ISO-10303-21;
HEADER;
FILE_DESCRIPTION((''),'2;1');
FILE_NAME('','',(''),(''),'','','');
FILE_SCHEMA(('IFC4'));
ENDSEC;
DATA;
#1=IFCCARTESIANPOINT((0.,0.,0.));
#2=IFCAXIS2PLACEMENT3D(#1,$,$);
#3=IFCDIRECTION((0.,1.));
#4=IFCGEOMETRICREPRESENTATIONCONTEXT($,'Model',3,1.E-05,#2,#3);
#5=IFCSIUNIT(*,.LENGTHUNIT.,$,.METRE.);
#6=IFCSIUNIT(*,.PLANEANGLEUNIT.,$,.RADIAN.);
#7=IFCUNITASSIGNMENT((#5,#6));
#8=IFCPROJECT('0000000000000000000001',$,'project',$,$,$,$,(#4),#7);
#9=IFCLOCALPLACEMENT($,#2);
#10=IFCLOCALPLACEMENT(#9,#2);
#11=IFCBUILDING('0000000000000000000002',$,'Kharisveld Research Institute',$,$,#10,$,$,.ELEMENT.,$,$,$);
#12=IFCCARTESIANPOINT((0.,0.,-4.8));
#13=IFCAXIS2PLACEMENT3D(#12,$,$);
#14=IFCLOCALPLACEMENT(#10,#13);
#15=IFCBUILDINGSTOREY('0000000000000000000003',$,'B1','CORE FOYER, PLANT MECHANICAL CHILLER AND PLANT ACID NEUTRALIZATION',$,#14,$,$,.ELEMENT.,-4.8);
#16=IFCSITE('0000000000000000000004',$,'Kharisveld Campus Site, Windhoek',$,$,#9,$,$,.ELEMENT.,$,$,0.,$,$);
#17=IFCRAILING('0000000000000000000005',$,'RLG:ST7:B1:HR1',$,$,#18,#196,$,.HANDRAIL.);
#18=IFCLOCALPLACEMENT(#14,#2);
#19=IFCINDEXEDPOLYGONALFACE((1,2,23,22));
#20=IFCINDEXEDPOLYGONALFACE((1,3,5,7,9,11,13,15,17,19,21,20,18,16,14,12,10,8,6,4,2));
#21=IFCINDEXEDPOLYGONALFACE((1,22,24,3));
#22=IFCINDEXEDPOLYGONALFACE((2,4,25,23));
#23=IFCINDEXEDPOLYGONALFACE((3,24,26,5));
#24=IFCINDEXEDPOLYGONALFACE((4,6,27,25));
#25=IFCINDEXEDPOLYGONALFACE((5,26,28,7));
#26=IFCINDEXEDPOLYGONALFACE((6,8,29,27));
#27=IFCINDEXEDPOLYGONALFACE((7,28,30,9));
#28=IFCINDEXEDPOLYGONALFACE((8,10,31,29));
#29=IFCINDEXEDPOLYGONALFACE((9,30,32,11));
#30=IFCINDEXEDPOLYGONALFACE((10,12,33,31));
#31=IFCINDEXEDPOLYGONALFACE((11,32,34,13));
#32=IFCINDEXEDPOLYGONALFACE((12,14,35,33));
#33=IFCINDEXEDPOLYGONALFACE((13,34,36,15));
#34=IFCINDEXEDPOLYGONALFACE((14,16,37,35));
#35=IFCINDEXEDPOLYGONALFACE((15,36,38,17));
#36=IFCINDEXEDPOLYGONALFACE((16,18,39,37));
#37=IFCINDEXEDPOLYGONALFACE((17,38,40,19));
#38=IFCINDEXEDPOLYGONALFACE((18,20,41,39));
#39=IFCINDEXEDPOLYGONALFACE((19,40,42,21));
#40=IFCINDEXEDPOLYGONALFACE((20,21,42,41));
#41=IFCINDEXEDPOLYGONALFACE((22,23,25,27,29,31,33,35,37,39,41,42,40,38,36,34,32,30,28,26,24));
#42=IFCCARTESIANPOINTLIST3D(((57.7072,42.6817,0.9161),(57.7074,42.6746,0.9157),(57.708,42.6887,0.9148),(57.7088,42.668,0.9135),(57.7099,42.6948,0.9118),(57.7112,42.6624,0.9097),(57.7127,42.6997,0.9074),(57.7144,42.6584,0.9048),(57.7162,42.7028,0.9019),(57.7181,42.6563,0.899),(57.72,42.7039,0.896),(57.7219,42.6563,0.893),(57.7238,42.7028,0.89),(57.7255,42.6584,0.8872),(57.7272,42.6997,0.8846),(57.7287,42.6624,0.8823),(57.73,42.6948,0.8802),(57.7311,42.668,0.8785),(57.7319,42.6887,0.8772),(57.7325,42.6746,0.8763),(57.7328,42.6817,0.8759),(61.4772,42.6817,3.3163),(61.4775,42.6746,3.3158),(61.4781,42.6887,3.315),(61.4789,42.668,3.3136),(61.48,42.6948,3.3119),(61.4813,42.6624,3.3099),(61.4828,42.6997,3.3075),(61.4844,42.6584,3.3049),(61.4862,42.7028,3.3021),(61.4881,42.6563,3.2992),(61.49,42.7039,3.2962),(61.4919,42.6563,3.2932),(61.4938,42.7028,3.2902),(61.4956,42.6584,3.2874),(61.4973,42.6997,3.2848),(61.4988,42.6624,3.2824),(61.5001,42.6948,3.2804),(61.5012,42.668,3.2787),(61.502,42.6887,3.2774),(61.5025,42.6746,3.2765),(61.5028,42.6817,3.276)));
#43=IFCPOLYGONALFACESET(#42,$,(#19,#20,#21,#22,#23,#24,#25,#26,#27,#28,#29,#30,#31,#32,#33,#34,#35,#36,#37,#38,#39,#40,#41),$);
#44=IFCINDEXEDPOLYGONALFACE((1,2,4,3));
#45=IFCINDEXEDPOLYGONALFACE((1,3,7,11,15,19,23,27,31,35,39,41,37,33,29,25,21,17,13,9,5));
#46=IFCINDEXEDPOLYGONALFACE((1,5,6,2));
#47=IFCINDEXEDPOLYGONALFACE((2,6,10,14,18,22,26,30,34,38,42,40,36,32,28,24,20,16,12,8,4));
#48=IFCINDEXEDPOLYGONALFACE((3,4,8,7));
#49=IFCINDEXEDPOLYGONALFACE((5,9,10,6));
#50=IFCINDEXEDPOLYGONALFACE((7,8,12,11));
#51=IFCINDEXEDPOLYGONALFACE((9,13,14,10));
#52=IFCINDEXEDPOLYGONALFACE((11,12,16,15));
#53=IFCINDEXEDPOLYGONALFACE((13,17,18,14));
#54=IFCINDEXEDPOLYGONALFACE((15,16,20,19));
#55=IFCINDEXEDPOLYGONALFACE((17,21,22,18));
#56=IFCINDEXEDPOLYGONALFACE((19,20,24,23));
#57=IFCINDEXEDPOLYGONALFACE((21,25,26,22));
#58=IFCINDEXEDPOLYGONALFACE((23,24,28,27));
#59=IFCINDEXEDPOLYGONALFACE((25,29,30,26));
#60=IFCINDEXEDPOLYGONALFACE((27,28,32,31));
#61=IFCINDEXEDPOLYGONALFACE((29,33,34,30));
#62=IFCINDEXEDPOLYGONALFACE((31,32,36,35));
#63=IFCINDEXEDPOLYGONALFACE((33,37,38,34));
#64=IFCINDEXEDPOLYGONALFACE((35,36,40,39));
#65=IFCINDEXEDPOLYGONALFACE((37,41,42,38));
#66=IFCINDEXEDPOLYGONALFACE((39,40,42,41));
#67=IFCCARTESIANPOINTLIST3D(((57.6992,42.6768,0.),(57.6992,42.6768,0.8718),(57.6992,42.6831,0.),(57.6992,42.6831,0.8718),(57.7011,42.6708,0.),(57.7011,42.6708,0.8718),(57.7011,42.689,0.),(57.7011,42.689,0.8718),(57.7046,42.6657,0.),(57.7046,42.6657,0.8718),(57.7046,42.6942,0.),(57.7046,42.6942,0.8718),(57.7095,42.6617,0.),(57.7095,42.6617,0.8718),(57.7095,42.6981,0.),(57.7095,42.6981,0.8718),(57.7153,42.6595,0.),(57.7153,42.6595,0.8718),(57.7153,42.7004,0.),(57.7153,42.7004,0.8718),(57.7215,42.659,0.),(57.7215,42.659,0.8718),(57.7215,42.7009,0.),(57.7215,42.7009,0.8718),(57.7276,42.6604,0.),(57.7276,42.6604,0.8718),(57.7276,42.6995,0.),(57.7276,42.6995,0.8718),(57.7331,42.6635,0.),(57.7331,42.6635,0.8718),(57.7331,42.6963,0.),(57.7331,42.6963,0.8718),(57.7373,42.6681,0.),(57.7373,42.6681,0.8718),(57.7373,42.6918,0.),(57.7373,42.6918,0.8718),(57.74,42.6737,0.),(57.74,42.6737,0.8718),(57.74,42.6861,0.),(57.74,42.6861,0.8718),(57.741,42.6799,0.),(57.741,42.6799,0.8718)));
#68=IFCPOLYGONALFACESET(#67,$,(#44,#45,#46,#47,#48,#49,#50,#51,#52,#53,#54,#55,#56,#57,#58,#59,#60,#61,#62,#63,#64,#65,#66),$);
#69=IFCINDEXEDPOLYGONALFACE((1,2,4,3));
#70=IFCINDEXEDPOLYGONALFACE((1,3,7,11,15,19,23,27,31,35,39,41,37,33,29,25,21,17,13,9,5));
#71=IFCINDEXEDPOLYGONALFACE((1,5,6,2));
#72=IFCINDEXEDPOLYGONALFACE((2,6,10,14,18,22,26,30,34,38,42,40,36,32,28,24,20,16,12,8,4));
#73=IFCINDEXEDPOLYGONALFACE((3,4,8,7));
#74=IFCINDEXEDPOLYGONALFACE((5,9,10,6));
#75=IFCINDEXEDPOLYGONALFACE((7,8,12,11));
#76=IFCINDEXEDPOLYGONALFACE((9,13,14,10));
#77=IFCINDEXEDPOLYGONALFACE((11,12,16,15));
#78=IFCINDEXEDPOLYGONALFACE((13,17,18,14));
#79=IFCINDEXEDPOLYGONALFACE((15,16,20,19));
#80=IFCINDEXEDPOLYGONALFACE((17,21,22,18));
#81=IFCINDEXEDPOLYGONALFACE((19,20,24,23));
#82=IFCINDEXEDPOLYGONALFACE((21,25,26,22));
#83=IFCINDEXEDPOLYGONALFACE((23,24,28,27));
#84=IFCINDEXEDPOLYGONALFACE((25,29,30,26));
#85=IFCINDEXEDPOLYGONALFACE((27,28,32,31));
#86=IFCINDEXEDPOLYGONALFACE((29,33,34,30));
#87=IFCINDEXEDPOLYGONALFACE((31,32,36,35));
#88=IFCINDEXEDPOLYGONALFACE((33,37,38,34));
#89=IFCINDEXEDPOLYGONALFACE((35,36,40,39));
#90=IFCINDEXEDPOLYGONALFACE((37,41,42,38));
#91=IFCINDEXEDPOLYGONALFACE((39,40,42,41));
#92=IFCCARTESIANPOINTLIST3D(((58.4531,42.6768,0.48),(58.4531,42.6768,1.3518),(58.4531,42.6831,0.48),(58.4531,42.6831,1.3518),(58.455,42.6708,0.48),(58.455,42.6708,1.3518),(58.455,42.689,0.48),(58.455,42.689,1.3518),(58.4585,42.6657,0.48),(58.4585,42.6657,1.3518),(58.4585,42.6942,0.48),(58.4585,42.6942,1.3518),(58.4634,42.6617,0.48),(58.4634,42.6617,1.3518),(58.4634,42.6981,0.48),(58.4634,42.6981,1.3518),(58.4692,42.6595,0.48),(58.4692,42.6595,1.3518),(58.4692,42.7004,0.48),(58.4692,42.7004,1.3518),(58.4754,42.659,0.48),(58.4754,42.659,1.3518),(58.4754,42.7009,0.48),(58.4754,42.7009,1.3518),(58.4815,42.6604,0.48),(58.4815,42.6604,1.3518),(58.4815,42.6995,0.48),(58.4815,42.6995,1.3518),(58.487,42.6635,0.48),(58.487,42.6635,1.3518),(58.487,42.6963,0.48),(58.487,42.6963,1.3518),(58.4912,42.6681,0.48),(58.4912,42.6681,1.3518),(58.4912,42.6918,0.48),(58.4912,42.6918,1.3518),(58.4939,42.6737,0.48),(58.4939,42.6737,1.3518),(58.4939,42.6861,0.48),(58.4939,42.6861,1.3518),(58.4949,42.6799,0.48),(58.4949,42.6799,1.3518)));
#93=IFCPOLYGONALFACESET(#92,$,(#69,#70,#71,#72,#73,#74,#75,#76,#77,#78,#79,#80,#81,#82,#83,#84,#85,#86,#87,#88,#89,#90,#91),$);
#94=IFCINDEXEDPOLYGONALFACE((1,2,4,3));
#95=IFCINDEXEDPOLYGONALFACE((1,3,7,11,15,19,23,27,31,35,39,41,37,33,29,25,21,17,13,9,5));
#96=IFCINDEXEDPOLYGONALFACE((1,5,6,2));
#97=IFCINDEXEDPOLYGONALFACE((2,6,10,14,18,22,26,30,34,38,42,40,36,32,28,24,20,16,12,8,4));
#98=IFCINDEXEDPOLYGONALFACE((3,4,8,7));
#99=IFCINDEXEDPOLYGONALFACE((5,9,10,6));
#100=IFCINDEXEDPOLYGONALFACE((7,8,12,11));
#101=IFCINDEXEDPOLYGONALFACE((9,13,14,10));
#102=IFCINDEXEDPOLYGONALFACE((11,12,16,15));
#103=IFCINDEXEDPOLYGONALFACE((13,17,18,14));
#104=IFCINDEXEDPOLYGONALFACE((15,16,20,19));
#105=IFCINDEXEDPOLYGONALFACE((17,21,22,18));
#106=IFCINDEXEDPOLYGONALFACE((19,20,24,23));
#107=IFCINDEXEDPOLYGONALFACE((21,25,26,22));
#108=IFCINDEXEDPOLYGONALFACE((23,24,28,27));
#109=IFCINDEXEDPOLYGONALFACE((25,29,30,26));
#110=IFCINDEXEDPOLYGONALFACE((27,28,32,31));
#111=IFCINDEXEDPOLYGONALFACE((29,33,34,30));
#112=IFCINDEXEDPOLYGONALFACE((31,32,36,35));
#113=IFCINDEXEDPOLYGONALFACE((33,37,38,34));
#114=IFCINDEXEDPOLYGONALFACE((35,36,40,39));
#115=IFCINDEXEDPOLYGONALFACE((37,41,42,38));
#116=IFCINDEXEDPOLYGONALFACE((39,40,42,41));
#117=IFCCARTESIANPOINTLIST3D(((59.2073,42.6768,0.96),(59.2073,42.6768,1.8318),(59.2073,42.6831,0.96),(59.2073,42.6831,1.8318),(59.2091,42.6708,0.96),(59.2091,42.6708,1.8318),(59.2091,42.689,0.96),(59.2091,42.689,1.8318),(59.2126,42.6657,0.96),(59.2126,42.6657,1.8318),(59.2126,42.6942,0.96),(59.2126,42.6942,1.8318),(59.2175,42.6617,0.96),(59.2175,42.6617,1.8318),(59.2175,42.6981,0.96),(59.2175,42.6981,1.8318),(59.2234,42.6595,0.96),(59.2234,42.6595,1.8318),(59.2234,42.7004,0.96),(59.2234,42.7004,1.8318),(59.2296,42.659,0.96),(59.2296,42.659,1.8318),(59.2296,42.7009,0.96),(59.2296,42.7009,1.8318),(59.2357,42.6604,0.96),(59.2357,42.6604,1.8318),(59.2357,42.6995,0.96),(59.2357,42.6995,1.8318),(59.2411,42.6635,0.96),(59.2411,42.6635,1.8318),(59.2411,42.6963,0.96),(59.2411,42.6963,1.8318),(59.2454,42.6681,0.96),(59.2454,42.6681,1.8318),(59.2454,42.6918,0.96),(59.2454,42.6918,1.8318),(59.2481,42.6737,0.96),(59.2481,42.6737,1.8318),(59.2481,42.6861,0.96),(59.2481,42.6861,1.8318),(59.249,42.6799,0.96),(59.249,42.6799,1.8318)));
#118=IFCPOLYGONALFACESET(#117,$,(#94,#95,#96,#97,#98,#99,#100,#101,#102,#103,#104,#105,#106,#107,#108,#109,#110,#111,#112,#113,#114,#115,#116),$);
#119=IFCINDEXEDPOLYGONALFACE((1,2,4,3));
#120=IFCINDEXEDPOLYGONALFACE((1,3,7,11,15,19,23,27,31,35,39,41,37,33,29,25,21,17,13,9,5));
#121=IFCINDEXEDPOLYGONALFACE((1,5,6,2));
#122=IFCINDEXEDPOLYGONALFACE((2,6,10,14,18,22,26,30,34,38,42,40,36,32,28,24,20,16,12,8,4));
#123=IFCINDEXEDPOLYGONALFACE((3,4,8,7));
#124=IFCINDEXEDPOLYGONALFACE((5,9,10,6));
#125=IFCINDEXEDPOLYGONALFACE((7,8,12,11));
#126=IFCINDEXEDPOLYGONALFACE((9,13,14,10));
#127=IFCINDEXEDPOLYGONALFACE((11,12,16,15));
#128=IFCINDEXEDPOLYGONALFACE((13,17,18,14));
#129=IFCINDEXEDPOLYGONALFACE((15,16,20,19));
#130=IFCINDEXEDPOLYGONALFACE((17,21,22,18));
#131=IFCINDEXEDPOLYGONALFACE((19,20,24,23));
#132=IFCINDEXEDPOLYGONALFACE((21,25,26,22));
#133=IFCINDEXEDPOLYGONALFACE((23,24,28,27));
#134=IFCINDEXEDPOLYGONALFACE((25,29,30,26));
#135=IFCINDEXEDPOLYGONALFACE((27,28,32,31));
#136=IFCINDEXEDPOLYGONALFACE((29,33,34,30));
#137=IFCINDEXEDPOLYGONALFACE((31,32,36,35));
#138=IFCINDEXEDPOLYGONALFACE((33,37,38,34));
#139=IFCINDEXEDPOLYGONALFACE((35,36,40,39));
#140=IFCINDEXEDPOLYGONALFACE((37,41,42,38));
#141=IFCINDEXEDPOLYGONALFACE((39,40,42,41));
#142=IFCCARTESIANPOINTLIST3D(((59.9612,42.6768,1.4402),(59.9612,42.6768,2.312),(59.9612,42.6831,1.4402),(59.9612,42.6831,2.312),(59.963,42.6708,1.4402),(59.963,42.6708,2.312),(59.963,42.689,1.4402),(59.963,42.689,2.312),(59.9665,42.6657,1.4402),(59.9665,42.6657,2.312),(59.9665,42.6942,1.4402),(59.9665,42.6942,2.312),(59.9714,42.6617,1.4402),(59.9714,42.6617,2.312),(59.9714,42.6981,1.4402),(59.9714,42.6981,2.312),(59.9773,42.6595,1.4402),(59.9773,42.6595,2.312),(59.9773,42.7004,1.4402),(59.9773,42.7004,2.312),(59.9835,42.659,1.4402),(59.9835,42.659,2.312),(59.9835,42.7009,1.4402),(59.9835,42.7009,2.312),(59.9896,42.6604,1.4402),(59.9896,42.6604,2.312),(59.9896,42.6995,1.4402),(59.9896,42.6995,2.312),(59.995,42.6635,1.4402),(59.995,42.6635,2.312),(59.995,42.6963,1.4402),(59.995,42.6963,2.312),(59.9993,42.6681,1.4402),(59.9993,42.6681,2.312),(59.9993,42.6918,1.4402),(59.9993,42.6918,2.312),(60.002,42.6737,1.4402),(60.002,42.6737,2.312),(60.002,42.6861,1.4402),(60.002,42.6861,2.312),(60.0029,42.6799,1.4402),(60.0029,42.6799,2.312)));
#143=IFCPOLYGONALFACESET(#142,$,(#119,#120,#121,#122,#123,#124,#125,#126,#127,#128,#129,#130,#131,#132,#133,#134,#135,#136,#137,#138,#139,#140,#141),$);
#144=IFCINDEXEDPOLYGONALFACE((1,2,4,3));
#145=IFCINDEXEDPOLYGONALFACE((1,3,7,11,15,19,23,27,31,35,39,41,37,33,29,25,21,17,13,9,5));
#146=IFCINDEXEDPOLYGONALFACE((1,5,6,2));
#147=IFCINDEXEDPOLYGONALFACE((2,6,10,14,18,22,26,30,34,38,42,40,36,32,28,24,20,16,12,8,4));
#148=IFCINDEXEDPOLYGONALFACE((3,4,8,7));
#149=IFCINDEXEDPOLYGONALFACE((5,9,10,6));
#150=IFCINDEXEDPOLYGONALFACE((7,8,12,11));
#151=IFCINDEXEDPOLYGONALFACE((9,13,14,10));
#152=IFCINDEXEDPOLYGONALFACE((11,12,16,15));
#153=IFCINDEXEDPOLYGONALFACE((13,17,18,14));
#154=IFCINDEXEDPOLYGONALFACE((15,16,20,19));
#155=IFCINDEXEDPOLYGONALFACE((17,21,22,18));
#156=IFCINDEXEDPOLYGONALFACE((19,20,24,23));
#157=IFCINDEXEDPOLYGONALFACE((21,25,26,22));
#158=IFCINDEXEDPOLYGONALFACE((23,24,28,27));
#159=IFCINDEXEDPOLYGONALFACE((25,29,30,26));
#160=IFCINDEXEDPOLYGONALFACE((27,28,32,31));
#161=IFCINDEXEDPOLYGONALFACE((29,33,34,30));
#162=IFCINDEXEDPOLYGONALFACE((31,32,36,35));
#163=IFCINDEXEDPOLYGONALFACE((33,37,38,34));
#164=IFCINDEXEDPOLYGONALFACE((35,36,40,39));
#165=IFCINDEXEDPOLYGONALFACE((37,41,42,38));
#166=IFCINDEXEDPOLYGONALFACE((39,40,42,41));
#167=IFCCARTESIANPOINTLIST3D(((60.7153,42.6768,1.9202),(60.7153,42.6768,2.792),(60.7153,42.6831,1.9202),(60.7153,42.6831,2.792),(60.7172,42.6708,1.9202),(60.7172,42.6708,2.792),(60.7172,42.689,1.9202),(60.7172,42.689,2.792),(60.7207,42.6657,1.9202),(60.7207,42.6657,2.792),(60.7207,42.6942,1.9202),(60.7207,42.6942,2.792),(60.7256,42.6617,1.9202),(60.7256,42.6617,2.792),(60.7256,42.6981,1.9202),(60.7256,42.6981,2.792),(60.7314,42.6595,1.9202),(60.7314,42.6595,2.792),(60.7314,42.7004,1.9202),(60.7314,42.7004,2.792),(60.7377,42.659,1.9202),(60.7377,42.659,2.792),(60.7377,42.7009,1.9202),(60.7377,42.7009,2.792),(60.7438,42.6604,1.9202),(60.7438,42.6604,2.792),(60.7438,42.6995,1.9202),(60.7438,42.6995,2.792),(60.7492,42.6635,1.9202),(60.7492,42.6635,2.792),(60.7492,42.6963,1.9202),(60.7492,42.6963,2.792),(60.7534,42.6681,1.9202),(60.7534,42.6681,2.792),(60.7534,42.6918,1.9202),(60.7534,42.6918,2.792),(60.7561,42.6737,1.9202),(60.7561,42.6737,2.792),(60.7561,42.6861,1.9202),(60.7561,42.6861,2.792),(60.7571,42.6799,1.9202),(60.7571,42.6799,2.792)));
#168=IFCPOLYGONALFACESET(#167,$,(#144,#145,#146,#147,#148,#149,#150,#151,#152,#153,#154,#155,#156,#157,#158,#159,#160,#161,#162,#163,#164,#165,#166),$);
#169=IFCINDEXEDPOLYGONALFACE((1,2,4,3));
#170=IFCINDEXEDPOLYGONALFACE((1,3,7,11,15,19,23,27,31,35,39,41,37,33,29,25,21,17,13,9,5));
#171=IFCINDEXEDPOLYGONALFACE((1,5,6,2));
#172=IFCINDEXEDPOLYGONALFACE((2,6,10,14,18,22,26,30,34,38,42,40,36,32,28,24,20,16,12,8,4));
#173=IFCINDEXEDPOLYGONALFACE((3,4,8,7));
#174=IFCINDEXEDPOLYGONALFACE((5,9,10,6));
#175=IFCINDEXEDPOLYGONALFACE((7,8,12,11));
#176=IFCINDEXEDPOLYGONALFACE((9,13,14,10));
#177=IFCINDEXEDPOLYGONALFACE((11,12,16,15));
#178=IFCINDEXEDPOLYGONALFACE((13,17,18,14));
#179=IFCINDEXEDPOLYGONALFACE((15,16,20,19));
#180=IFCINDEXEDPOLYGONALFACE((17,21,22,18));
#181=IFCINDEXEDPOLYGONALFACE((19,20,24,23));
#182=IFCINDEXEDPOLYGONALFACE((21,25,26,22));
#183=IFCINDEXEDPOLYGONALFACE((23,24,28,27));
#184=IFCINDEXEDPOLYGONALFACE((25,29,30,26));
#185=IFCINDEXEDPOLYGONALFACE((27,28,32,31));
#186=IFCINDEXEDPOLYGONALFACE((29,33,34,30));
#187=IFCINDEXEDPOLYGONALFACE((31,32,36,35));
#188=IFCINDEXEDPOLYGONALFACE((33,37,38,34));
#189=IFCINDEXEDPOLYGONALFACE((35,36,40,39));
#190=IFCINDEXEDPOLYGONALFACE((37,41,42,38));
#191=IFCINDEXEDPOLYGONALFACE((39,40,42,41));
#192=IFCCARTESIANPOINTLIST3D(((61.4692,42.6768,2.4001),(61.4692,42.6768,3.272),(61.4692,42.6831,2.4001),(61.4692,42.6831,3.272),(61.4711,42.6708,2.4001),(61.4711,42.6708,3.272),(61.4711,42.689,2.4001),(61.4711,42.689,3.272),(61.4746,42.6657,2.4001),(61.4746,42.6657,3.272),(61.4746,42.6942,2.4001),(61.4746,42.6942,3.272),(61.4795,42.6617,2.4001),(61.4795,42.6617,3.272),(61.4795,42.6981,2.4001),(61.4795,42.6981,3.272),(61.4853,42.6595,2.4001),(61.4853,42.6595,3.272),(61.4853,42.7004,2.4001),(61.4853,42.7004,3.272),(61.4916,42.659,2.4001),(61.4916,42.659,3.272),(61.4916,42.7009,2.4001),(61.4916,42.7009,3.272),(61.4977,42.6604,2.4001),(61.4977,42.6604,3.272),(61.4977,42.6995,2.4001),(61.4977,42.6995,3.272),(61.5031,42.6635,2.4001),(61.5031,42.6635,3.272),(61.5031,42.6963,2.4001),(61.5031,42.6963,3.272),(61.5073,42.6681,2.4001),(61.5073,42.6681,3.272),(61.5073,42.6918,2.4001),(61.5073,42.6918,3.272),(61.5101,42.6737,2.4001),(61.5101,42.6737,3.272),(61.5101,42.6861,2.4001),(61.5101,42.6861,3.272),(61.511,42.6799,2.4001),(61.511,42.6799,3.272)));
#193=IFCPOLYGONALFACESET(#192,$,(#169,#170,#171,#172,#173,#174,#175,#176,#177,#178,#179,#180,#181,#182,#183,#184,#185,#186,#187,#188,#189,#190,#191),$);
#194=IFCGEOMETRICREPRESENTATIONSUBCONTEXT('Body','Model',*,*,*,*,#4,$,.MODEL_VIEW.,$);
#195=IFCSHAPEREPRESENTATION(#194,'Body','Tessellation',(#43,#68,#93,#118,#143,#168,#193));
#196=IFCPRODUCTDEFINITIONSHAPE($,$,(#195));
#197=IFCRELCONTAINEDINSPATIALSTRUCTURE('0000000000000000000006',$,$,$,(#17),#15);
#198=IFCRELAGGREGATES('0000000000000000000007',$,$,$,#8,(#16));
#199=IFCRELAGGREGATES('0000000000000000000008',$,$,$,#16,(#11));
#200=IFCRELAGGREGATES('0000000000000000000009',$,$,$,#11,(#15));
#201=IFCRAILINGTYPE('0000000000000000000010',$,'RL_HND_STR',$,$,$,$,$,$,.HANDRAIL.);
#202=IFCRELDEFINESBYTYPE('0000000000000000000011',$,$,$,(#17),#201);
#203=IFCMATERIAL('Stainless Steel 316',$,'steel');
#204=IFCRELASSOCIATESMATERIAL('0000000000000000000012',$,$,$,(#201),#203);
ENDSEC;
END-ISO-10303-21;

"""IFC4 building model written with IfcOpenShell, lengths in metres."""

from ifc_helpers import new_model, si_unit, direction, frame, origin, origin_2d, place, context, subcontext, project, spatial, circle, extrude, material, type_object, element, save


model = new_model("IFC4")

# Units and contexts
model_context = context("Model", 3, precision=1e-05, world=origin(), true_north=direction((0.0, 1.0)))
body_context = subcontext(model_context, "Body", "Model", "MODEL_VIEW")
ifc_project = project(units=[si_unit("LENGTHUNIT", "METRE"), si_unit("PLANEANGLEUNIT", "RADIAN")], contexts=[model_context])

# Site, building, storey
site_placement = place(None, origin())
site = spatial("IfcSite", under=ifc_project, at=site_placement, Name="Kharisveld Campus Site, Windhoek", CompositionType="ELEMENT", RefElevation=0.0)
building_placement = place(site_placement, origin())
building = spatial("IfcBuilding", under=site, at=building_placement, Name="Kharisveld Research Institute", CompositionType="ELEMENT")
storey_placement = place(building_placement, frame((0.0, 0.0, -4.8)))
storey = spatial("IfcBuildingStorey", under=building, at=storey_placement, Name="B1", Description="CORE FOYER, PLANT MECHANICAL CHILLER AND PLANT ACID NEUTRALIZATION", CompositionType="ELEMENT", Elevation=-4.8)

# Railing
ifc_material_1 = material(Name="Stainless Steel 316", Category="steel")
railing_type_1 = type_object("IfcRailingType", Name="RL_HND_STR", PredefinedType="HANDRAIL", material=ifc_material_1)
railing_1_placement = place(storey_placement, frame((57.72, 42.6799, 0.0)))
element("IfcRailing", 1, at=railing_1_placement, inside=storey, type_object=railing_type_1, Name="RLG:ST7:B1:HR1", PredefinedType="HANDRAIL", context=body_context, shape_type="SweptSolid", body=[
    extrude(circle(Radius=0.0239, at=origin_2d()), frame((0.0, 0.0, 0.896), z_axis=(0.843556, 0.0, 0.537042), x_axis=(0.0, 1.0, 0.0)), (0.0, 0.0, 1.0), 4.4692),
    extrude(circle(Radius=0.021, at=origin_2d()), origin(), (0.0, 0.0, 1.0), 0.8718),
    extrude(circle(Radius=0.021, at=origin_2d()), frame((0.7539, 0.0, 0.48)), (0.0, 0.0, 1.0), 0.8718),
    extrude(circle(Radius=0.021, at=origin_2d()), frame((1.5081, 0.0, 0.96)), (0.0, 0.0, 1.0), 0.8718),
    extrude(circle(Radius=0.021, at=origin_2d()), frame((2.262, 0.0, 1.4402)), (0.0, 0.0, 1.0), 0.8718),
    extrude(circle(Radius=0.021, at=origin_2d()), frame((3.0161, 0.0, 1.9202)), (0.0, 0.0, 1.0), 0.8718),
    extrude(circle(Radius=0.021, at=origin_2d()), frame((3.77, 0.0, 2.4001)), (0.0, 0.0, 1.0), 0.8718),
])

save(model, "model.ifc")
